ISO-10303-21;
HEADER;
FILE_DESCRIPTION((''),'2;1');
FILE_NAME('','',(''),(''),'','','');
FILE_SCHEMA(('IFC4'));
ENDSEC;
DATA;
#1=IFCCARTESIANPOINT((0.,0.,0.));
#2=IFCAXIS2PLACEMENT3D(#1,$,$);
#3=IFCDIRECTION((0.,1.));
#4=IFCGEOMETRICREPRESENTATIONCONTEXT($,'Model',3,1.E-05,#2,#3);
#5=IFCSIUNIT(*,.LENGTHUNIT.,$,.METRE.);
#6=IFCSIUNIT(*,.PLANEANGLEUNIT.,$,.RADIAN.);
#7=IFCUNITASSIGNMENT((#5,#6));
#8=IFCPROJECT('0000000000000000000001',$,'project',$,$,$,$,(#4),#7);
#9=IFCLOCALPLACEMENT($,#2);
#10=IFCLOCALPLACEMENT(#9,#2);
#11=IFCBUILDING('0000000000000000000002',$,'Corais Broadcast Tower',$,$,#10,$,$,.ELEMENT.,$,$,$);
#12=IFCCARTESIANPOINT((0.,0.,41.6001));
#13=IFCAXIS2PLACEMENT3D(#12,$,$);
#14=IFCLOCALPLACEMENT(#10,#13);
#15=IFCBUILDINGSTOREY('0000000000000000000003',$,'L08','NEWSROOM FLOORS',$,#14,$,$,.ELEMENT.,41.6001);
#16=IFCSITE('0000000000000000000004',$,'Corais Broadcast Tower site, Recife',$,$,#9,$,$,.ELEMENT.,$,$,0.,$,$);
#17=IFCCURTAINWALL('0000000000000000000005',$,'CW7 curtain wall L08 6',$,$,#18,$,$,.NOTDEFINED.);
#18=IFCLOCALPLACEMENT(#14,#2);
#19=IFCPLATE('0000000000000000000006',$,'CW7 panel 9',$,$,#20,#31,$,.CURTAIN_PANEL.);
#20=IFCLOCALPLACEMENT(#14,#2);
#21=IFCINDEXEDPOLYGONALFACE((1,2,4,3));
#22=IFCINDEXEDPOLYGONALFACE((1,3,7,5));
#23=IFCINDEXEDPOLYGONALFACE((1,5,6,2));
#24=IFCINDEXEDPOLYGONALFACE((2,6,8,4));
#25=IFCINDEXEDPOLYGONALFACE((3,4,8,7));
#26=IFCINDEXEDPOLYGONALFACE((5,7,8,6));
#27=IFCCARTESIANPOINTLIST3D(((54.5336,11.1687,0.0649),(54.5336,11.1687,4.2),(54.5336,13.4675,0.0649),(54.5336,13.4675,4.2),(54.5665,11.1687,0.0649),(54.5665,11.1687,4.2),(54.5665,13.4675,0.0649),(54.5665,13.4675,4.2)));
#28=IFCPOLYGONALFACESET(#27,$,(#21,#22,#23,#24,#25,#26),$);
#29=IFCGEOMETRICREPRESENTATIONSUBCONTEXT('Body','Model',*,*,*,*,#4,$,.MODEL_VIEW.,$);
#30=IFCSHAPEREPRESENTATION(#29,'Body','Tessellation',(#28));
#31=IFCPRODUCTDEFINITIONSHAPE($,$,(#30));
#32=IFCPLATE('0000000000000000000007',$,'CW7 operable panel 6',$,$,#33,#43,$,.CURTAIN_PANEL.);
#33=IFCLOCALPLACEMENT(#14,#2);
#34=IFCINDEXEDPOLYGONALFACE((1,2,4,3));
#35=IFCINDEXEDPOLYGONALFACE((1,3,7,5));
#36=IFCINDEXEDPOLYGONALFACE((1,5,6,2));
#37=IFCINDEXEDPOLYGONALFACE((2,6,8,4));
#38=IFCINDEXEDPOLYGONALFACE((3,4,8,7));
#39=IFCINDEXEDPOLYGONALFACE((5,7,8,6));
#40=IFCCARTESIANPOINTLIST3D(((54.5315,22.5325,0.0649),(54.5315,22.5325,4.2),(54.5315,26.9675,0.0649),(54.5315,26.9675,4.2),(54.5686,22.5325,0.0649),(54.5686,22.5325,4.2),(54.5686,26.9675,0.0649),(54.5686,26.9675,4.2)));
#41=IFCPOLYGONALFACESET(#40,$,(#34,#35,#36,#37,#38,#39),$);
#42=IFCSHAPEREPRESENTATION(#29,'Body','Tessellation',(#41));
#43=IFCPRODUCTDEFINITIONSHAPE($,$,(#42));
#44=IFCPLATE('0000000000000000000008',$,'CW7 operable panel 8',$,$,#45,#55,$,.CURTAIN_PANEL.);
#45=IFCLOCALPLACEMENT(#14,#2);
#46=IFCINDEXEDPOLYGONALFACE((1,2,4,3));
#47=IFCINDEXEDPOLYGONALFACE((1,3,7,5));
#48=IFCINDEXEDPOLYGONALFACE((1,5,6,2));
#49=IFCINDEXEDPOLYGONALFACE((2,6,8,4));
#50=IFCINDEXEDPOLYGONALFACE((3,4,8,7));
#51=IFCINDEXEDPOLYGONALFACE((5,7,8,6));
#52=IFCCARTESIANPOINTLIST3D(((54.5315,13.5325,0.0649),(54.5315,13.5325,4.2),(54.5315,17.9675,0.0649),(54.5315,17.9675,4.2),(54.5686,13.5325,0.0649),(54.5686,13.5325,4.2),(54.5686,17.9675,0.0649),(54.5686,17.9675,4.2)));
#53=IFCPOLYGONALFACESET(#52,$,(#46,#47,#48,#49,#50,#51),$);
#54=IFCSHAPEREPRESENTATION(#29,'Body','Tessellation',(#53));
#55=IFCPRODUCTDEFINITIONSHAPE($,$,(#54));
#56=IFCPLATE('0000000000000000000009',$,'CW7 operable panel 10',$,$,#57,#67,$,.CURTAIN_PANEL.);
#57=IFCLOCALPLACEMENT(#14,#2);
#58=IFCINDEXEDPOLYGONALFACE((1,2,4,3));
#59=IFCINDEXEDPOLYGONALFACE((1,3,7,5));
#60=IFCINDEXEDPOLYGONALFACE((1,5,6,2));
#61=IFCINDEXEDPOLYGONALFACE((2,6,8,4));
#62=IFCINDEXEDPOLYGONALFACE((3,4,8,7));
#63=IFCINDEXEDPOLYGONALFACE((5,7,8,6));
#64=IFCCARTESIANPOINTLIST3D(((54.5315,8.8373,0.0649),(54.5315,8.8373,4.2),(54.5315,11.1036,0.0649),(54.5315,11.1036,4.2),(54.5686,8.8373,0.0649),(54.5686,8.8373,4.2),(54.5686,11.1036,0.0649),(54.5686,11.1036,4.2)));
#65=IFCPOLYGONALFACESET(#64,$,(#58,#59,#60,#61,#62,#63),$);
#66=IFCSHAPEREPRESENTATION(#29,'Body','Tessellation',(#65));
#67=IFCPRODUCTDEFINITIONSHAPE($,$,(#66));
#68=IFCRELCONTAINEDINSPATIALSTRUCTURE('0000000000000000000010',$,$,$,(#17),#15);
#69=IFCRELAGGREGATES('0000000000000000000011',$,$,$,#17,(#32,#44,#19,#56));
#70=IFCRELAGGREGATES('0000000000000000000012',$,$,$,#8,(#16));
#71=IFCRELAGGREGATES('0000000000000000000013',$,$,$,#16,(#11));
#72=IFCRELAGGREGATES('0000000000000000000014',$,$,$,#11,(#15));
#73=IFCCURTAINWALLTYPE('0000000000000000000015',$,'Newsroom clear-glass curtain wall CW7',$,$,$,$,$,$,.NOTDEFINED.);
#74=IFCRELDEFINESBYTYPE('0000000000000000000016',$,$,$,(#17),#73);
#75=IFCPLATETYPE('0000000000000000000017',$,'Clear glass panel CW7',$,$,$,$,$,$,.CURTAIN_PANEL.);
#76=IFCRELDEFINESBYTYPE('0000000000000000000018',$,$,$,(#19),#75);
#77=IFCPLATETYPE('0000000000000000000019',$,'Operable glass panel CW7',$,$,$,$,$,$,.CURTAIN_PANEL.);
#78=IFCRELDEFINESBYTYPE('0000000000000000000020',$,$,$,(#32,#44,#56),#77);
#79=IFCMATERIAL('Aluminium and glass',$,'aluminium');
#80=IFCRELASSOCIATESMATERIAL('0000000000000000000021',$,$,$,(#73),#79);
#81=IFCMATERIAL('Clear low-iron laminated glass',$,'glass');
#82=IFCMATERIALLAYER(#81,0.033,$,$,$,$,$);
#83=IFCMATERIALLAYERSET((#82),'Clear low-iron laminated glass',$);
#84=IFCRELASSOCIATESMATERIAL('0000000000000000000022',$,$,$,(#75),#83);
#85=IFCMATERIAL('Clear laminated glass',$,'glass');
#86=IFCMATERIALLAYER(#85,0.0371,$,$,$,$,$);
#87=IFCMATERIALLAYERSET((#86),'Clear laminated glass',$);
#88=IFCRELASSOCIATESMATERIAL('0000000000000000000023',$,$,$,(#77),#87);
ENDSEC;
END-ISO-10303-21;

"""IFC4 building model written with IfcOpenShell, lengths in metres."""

from ifc_helpers import new_model, si_unit, direction, frame, origin, origin_2d, place, context, subcontext, project, spatial, rectangle, extrude, material, layer, layer_set, type_object, element, aggregate, save


model = new_model("IFC4")

# Units and contexts
model_context = context("Model", 3, precision=1e-05, world=origin(), true_north=direction((0.0, 1.0)))
body_context = subcontext(model_context, "Body", "Model", "MODEL_VIEW")
ifc_project = project(units=[si_unit("LENGTHUNIT", "METRE"), si_unit("PLANEANGLEUNIT", "RADIAN")], contexts=[model_context])

# Site, building, storey
site_placement = place(None, origin())
site = spatial("IfcSite", under=ifc_project, at=site_placement, Name="Corais Broadcast Tower site, Recife", CompositionType="ELEMENT", RefElevation=0.0)
building_placement = place(site_placement, origin())
building = spatial("IfcBuilding", under=site, at=building_placement, Name="Corais Broadcast Tower", CompositionType="ELEMENT")
storey_placement = place(building_placement, frame((0.0, 0.0, 41.6001)))
storey = spatial("IfcBuildingStorey", under=building, at=storey_placement, Name="L08", Description="NEWSROOM FLOORS", CompositionType="ELEMENT", Elevation=41.6001)

# Curtain wall
ifc_material_1 = material(Name="Aluminium and glass", Category="aluminium")
curtain_wall_type = type_object("IfcCurtainWallType", Name="Newsroom clear-glass curtain wall CW7", PredefinedType="NOTDEFINED", material=ifc_material_1)
curtain_wall_placement = place(storey_placement, origin())
curtain_wall = element("IfcCurtainWall", 1, at=curtain_wall_placement, inside=storey, type_object=curtain_wall_type, Name="CW7 curtain wall L08 6", PredefinedType="NOTDEFINED")

# Plates
ifc_material_2 = material(Name="Clear low-iron laminated glass", Category="glass")
ifc_layer_1 = layer(ifc_material_2, 0.033)
ifc_layer_set_1 = layer_set([ifc_layer_1], Name="Clear low-iron laminated glass")
plate_type_1 = type_object("IfcPlateType", Name="Clear glass panel CW7", PredefinedType="CURTAIN_PANEL", material=ifc_layer_set_1)
plate_1_placement = place(storey_placement, frame((54.55, 12.3181, 0.0649), z_axis=(0.0, 0.0, 1.0), x_axis=(0.0, -1.0, 0.0)))
plate_1 = element("IfcPlate", 2, at=plate_1_placement, type_object=plate_type_1, Name="CW7 panel 9", PredefinedType="CURTAIN_PANEL", context=body_context, shape_type="SweptSolid", body=[
    extrude(rectangle(XDim=2.2988, YDim=0.033, at=origin_2d()), origin(), (0.0, 0.0, 1.0), 4.135),
])
ifc_material_3 = material(Name="Clear laminated glass", Category="glass")
ifc_layer_2 = layer(ifc_material_3, 0.0371)
ifc_layer_set_2 = layer_set([ifc_layer_2], Name="Clear laminated glass")
plate_type_2 = type_object("IfcPlateType", Name="Operable glass panel CW7", PredefinedType="CURTAIN_PANEL", material=ifc_layer_set_2)
plate_2_placement = place(storey_placement, frame((54.55, 24.75, 0.0649), z_axis=(0.0, 0.0, 1.0), x_axis=(0.0, -1.0, 0.0)))
plate_2 = element("IfcPlate", 3, at=plate_2_placement, type_object=plate_type_2, Name="CW7 operable panel 6", PredefinedType="CURTAIN_PANEL", context=body_context, shape_type="SweptSolid", body=[
    extrude(rectangle(XDim=4.4351, YDim=0.0371, at=origin_2d()), origin(), (0.0, 0.0, 1.0), 4.135),
])
plate_3_placement = place(storey_placement, frame((54.55, 15.75, 0.0649), z_axis=(0.0, 0.0, 1.0), x_axis=(0.0, -1.0, 0.0)))
plate_3 = element("IfcPlate", 4, at=plate_3_placement, type_object=plate_type_2, Name="CW7 operable panel 8", PredefinedType="CURTAIN_PANEL", context=body_context, shape_type="SweptSolid", body=[
    extrude(rectangle(XDim=4.4351, YDim=0.0371, at=origin_2d()), origin(), (0.0, 0.0, 1.0), 4.135),
])
plate_4_placement = place(storey_placement, frame((54.55, 9.9705, 0.0649), z_axis=(0.0, 0.0, 1.0), x_axis=(0.0, -1.0, 0.0)))
plate_4 = element("IfcPlate", 5, at=plate_4_placement, type_object=plate_type_2, Name="CW7 operable panel 10", PredefinedType="CURTAIN_PANEL", context=body_context, shape_type="SweptSolid", body=[
    extrude(rectangle(XDim=2.2664, YDim=0.0371, at=origin_2d()), origin(), (0.0, 0.0, 1.0), 4.135),
])
aggregate(curtain_wall, [plate_2, plate_3, plate_1, plate_4])

save(model, "model.ifc")
